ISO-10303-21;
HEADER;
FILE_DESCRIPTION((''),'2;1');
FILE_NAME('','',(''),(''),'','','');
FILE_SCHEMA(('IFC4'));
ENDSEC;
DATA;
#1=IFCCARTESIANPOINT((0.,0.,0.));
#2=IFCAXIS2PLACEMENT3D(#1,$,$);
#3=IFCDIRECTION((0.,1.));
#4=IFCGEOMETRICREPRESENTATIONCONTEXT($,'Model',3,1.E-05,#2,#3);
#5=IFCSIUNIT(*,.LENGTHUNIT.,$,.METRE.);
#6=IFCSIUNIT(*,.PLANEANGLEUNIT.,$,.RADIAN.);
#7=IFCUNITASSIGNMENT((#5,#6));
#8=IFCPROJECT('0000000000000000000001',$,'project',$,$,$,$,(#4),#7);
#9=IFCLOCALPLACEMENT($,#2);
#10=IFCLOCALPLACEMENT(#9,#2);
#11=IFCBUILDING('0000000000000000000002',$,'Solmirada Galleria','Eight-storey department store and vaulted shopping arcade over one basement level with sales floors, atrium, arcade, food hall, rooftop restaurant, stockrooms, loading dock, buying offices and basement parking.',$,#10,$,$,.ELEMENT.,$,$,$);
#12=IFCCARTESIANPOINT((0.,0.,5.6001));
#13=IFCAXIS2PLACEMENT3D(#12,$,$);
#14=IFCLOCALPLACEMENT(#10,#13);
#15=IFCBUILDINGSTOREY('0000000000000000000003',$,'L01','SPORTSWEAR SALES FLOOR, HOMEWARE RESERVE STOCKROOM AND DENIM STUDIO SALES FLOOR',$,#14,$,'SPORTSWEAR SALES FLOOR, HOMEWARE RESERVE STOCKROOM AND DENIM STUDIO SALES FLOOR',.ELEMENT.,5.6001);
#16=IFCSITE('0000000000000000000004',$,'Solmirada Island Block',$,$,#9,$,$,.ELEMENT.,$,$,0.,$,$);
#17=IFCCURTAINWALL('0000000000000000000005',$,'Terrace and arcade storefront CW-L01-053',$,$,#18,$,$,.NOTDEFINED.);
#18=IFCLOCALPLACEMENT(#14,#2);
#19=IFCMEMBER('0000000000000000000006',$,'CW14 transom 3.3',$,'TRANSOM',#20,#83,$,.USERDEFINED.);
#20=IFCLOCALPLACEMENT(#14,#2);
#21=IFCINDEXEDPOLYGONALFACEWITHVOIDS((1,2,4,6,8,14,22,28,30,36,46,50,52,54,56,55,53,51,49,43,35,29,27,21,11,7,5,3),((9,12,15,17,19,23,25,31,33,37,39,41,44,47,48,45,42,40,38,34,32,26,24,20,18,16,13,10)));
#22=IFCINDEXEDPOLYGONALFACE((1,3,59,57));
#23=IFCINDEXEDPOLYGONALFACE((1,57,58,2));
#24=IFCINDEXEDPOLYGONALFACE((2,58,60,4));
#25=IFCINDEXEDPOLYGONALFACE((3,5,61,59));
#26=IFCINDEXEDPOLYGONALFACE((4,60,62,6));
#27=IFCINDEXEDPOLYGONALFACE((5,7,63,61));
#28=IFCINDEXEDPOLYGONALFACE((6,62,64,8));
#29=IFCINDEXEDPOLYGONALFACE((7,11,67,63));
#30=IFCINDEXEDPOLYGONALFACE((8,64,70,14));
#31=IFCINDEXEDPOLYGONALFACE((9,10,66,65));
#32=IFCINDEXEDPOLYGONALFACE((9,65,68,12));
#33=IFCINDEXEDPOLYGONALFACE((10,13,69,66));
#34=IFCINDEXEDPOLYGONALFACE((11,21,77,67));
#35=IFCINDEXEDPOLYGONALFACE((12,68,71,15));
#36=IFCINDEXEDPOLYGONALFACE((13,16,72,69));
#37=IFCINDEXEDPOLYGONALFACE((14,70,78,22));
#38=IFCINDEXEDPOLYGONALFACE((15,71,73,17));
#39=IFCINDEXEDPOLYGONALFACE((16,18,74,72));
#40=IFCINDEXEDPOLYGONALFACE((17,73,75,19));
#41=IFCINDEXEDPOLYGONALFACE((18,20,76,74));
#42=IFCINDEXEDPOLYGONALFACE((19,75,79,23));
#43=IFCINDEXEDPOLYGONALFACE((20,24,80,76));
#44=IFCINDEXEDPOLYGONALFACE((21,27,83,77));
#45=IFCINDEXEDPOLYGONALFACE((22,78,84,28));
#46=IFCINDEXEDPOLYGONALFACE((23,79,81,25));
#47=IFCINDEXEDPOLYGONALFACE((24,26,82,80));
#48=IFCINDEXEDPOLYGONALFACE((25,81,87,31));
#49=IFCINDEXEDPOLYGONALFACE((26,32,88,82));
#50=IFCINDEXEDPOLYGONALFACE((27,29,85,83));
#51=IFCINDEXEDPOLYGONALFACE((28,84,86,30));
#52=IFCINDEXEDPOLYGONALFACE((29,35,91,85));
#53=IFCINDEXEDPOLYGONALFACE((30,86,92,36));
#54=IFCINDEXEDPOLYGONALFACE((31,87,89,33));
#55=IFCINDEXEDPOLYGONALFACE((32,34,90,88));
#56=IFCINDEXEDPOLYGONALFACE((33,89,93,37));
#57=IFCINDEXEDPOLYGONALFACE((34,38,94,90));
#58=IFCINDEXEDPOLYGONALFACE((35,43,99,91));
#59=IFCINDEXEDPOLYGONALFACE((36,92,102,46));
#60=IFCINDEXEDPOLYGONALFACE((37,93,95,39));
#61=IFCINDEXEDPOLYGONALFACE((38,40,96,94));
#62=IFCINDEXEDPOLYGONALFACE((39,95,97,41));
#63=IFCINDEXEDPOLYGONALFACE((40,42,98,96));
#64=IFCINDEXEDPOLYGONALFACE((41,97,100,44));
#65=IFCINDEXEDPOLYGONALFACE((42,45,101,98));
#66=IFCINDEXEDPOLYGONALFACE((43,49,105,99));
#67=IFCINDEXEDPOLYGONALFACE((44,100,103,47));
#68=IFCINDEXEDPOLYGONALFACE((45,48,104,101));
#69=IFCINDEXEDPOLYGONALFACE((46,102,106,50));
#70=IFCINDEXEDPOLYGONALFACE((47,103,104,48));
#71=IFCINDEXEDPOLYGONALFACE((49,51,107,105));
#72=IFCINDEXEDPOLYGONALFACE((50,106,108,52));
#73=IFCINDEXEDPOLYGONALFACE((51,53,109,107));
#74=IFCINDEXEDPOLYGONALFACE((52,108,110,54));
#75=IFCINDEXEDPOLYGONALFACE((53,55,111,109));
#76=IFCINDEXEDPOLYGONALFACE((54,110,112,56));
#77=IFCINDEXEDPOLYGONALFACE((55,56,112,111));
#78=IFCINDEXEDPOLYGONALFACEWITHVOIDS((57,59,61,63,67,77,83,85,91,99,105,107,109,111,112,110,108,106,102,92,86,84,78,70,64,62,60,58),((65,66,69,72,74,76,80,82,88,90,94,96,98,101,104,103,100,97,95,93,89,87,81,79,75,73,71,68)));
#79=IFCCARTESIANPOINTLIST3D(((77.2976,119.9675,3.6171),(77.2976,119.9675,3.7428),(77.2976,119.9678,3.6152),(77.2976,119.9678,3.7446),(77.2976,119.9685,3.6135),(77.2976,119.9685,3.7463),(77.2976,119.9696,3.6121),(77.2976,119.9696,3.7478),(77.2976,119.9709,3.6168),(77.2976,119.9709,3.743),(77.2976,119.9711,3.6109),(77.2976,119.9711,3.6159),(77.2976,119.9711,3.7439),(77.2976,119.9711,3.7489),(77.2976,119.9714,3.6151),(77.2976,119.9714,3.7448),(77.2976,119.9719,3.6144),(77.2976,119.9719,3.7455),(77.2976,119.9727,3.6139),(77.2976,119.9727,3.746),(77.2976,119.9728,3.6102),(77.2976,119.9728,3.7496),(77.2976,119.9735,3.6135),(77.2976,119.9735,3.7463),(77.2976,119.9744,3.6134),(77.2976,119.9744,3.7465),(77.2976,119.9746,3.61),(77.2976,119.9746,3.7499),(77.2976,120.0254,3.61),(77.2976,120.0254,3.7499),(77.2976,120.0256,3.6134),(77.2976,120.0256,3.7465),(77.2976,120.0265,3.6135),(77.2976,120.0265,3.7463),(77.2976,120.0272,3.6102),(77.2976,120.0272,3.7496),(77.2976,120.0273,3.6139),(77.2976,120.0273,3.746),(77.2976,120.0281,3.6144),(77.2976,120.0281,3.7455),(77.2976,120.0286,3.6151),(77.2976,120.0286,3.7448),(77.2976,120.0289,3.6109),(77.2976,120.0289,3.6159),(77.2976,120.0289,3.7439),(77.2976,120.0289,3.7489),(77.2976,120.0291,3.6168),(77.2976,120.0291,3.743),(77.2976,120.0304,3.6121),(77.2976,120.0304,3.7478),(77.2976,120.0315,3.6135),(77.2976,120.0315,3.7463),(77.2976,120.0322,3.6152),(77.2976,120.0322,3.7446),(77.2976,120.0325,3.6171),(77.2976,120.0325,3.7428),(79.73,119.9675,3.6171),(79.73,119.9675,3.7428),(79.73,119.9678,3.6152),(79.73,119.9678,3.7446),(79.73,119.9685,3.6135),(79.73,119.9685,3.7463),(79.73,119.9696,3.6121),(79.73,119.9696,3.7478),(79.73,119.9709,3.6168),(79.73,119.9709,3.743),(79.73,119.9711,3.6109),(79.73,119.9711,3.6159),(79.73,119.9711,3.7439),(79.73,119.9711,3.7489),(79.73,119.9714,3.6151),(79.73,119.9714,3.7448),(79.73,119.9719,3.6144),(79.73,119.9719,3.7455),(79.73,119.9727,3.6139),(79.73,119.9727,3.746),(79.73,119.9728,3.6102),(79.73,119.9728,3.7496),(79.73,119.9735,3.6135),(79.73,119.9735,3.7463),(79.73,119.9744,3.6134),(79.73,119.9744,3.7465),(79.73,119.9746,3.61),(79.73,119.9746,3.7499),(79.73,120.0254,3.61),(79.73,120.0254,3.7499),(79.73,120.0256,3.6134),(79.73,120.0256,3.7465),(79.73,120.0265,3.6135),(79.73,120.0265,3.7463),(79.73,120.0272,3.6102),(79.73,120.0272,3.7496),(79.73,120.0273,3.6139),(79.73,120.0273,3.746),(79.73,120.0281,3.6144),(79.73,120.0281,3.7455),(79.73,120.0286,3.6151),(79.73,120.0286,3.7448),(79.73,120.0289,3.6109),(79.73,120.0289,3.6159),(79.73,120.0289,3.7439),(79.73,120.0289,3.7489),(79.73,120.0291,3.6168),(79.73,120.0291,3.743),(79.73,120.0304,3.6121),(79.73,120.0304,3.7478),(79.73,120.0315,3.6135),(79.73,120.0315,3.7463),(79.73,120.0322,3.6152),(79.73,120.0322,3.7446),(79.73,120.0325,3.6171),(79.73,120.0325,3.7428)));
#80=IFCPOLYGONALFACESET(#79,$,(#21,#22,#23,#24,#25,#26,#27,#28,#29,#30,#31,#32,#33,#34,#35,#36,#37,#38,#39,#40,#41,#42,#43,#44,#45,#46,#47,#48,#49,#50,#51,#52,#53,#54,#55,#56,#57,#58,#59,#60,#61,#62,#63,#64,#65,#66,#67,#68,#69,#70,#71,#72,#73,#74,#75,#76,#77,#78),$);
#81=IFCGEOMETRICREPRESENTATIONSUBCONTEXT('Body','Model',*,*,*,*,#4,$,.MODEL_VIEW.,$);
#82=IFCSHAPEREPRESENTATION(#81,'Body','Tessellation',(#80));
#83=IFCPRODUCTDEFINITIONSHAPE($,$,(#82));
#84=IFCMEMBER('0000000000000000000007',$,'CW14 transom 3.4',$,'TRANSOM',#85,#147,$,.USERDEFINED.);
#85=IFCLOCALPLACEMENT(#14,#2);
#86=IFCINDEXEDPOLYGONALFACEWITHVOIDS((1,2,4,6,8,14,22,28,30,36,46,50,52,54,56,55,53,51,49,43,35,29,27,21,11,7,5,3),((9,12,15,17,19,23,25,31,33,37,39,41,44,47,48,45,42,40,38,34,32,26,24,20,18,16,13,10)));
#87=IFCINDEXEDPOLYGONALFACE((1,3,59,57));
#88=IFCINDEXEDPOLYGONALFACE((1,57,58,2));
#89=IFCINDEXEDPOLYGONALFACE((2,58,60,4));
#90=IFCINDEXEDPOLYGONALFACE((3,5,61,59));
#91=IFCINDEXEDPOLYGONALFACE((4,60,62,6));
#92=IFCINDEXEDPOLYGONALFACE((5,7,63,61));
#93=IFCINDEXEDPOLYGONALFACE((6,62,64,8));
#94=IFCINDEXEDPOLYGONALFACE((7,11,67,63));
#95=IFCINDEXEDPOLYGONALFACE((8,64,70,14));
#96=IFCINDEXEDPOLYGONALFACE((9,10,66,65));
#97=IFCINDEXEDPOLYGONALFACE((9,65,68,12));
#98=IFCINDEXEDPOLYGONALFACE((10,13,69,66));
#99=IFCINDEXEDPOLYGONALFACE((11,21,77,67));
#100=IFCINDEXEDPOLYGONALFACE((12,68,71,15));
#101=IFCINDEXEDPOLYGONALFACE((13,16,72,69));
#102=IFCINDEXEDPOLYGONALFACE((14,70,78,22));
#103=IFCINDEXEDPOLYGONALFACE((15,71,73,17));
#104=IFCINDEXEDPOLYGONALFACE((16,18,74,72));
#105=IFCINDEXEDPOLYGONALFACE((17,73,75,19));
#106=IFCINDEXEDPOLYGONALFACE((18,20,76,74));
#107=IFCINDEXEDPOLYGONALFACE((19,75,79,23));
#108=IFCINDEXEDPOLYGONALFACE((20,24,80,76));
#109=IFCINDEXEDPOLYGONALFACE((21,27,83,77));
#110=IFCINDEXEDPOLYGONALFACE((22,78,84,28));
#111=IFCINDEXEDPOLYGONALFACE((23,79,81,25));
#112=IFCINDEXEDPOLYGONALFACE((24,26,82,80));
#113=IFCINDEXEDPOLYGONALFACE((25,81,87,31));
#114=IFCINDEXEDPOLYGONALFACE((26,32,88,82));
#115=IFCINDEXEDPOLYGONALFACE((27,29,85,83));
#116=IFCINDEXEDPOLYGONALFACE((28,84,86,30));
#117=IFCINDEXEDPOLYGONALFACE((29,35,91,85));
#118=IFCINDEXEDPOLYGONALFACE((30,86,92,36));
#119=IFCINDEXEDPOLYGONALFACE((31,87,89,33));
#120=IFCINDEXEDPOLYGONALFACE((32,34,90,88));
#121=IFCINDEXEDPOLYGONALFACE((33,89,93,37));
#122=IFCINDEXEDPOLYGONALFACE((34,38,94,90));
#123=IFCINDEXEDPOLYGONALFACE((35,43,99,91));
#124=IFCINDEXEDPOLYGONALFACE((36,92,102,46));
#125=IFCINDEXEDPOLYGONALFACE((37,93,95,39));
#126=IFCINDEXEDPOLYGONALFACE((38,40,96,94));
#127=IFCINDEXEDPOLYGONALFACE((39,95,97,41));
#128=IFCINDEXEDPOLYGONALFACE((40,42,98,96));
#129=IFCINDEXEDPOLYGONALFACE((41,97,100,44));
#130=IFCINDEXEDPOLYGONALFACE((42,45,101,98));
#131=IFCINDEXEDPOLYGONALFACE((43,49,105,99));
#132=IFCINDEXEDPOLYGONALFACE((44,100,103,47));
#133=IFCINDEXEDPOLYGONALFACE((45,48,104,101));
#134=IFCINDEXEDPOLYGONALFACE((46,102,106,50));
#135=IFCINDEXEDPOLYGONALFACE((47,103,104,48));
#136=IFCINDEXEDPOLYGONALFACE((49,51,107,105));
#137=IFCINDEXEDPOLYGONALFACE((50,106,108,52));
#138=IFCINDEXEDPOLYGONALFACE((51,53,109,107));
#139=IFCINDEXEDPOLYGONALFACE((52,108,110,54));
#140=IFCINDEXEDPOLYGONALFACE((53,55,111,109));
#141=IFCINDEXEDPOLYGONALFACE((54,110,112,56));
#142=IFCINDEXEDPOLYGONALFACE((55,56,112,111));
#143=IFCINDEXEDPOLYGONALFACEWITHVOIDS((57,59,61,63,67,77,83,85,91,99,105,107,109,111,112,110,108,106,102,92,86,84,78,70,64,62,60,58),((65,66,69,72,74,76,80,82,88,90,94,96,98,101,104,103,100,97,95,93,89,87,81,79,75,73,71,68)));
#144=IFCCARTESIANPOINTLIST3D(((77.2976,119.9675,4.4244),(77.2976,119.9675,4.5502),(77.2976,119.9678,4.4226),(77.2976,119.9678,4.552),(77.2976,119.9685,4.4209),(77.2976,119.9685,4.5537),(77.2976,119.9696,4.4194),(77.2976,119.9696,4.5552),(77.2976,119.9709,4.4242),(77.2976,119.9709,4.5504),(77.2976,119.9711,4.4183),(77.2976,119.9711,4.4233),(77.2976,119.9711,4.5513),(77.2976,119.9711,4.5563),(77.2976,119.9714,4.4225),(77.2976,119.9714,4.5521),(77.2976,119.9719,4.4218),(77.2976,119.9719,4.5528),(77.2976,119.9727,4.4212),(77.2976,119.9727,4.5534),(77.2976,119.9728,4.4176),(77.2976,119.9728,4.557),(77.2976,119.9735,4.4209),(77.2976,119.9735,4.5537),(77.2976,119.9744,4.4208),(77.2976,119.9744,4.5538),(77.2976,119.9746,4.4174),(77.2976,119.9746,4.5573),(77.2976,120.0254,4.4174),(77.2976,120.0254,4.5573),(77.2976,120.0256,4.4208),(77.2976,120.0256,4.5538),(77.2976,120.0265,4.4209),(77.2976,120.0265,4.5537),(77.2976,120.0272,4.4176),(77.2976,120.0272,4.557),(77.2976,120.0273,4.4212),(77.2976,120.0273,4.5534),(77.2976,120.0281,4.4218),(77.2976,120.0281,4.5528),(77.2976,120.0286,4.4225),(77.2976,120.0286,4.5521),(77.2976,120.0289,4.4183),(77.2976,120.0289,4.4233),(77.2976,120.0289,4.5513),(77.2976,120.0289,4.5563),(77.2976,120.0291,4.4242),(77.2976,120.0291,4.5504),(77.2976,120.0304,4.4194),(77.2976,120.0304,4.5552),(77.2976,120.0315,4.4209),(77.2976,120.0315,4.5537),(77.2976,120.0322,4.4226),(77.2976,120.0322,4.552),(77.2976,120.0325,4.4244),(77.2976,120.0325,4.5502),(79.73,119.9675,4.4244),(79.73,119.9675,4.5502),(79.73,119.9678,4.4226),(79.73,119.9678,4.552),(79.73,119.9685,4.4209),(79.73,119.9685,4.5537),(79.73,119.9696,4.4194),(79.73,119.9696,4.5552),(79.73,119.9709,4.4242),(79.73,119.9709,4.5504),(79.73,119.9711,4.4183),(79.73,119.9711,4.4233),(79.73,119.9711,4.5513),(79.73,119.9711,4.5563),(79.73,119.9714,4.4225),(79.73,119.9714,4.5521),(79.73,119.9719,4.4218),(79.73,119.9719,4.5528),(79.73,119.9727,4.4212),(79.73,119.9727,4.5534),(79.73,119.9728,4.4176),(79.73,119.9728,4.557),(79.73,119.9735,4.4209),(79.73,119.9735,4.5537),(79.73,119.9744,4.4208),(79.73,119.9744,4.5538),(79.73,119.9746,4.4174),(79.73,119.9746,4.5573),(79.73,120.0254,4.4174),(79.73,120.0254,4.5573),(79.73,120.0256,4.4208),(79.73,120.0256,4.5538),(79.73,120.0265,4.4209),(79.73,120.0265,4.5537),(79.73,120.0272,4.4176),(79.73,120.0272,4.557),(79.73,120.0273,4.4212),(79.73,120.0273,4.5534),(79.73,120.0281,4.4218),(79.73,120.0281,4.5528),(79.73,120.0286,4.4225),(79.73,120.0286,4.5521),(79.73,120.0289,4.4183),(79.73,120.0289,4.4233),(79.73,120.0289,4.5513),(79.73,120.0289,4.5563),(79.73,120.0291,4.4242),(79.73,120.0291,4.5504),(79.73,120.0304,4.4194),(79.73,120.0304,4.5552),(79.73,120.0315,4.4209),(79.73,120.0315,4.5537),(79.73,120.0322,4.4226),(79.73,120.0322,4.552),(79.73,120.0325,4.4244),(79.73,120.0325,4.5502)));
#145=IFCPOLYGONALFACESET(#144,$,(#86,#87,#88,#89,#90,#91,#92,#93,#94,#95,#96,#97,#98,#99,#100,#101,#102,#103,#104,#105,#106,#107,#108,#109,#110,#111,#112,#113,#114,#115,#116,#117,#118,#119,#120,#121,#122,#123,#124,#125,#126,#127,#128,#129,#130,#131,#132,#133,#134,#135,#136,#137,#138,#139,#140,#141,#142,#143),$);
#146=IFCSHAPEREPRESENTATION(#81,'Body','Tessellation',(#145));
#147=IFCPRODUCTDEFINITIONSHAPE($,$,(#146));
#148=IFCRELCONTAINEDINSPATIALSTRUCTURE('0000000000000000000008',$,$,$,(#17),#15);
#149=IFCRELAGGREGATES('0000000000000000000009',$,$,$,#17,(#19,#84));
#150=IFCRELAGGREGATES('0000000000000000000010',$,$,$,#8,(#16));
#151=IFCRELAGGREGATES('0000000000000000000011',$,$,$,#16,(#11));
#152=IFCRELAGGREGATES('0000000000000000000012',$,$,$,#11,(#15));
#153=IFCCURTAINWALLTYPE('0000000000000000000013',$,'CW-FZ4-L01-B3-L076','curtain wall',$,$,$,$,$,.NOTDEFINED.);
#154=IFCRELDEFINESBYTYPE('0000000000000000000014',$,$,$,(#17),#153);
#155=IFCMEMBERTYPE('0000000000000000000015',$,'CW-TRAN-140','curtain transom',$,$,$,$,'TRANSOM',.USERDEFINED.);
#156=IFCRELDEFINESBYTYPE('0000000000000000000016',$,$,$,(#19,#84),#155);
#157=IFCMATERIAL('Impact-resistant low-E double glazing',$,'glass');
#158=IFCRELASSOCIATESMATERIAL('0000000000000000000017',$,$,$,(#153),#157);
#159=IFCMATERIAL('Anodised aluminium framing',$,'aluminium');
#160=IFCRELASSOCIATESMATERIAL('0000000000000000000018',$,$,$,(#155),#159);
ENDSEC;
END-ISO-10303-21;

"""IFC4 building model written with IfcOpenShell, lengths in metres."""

from ifc_helpers import new_model, si_unit, direction, frame, origin, origin_2d, place, context, subcontext, project, spatial, hollow_rectangle, extrude, material, material_profile, profile_set, type_object, element, aggregate, save


model = new_model("IFC4")

# Units and contexts
model_context = context("Model", 3, precision=1e-05, world=origin(), true_north=direction((0.0, 1.0)))
body_context = subcontext(model_context, "Body", "Model", "MODEL_VIEW")
ifc_project = project(units=[si_unit("LENGTHUNIT", "METRE"), si_unit("PLANEANGLEUNIT", "RADIAN")], contexts=[model_context])

# Site, building, storey
site_placement = place(None, origin())
site = spatial("IfcSite", under=ifc_project, at=site_placement, Name="Solmirada Island Block", CompositionType="ELEMENT", RefElevation=0.0)
building_placement = place(site_placement, origin())
building = spatial("IfcBuilding", under=site, at=building_placement, Name="Solmirada Galleria", Description="Eight-storey department store and vaulted shopping arcade over one basement level with sales floors, atrium, arcade, food hall, rooftop restaurant, stockrooms, loading dock, buying offices and basement parking.", CompositionType="ELEMENT")
storey_placement = place(building_placement, frame((0.0, 0.0, 5.6001)))
storey = spatial("IfcBuildingStorey", under=building, at=storey_placement, Name="L01", Description="SPORTSWEAR SALES FLOOR, HOMEWARE RESERVE STOCKROOM AND DENIM STUDIO SALES FLOOR", LongName="SPORTSWEAR SALES FLOOR, HOMEWARE RESERVE STOCKROOM AND DENIM STUDIO SALES FLOOR", CompositionType="ELEMENT", Elevation=5.6001)

# Curtain wall, members
ifc_material_1 = material(Name="Impact-resistant low-E double glazing", Category="glass")
curtain_wall_type = type_object("IfcCurtainWallType", Name="CW-FZ4-L01-B3-L076", Description="curtain wall", PredefinedType="NOTDEFINED", material=ifc_material_1)
curtain_wall_placement = place(storey_placement, origin())
curtain_wall = element("IfcCurtainWall", 1, at=curtain_wall_placement, inside=storey, type_object=curtain_wall_type, Name="Terrace and arcade storefront CW-L01-053", PredefinedType="NOTDEFINED")
ifc_material_2 = material(Name="Anodised aluminium framing", Category="aluminium")
ifc_material_profile_1 = material_profile(ifc_material_2, hollow_rectangle(XDim=0.0649, YDim=0.1399, WallThickness=0.0034, InnerFilletRadius=0.0034, OuterFilletRadius=0.0071, at=origin_2d()), Name="ALU-TRAN-140X65")
ifc_profile_set_1 = profile_set([ifc_material_profile_1], Name="Anodised aluminium framing")
member_type_1 = type_object("IfcMemberType", Name="CW-TRAN-140", Description="curtain transom", ElementType="TRANSOM", PredefinedType="USERDEFINED", material=ifc_profile_set_1)
member_1_placement = place(storey_placement, frame((77.2976, 120.0, 3.6799), z_axis=(1.0, 0.0, 0.0), x_axis=(0.0, 1.0, 0.0)))
member_1 = element("IfcMember", 2, at=member_1_placement, type_object=member_type_1, Name="CW14 transom 3.3", ObjectType="TRANSOM", PredefinedType="USERDEFINED", context=body_context, shape_type="SweptSolid", body=[
    extrude(hollow_rectangle(XDim=0.0649, YDim=0.1399, WallThickness=0.0034, InnerFilletRadius=0.0034, OuterFilletRadius=0.0071, at=origin_2d()), origin(), (0.0, 0.0, 1.0), 2.4324),
])
member_2_placement = place(storey_placement, frame((77.2976, 120.0, 4.4873), z_axis=(1.0, 0.0, 0.0), x_axis=(0.0, 1.0, 0.0)))
member_2 = element("IfcMember", 3, at=member_2_placement, type_object=member_type_1, Name="CW14 transom 3.4", ObjectType="TRANSOM", PredefinedType="USERDEFINED", context=body_context, shape_type="SweptSolid", body=[
    extrude(hollow_rectangle(XDim=0.0649, YDim=0.1399, WallThickness=0.0034, InnerFilletRadius=0.0034, OuterFilletRadius=0.0071, at=origin_2d()), origin(), (0.0, 0.0, 1.0), 2.4324),
])

aggregate(curtain_wall, [member_1, member_2])

save(model, "model.ifc")
